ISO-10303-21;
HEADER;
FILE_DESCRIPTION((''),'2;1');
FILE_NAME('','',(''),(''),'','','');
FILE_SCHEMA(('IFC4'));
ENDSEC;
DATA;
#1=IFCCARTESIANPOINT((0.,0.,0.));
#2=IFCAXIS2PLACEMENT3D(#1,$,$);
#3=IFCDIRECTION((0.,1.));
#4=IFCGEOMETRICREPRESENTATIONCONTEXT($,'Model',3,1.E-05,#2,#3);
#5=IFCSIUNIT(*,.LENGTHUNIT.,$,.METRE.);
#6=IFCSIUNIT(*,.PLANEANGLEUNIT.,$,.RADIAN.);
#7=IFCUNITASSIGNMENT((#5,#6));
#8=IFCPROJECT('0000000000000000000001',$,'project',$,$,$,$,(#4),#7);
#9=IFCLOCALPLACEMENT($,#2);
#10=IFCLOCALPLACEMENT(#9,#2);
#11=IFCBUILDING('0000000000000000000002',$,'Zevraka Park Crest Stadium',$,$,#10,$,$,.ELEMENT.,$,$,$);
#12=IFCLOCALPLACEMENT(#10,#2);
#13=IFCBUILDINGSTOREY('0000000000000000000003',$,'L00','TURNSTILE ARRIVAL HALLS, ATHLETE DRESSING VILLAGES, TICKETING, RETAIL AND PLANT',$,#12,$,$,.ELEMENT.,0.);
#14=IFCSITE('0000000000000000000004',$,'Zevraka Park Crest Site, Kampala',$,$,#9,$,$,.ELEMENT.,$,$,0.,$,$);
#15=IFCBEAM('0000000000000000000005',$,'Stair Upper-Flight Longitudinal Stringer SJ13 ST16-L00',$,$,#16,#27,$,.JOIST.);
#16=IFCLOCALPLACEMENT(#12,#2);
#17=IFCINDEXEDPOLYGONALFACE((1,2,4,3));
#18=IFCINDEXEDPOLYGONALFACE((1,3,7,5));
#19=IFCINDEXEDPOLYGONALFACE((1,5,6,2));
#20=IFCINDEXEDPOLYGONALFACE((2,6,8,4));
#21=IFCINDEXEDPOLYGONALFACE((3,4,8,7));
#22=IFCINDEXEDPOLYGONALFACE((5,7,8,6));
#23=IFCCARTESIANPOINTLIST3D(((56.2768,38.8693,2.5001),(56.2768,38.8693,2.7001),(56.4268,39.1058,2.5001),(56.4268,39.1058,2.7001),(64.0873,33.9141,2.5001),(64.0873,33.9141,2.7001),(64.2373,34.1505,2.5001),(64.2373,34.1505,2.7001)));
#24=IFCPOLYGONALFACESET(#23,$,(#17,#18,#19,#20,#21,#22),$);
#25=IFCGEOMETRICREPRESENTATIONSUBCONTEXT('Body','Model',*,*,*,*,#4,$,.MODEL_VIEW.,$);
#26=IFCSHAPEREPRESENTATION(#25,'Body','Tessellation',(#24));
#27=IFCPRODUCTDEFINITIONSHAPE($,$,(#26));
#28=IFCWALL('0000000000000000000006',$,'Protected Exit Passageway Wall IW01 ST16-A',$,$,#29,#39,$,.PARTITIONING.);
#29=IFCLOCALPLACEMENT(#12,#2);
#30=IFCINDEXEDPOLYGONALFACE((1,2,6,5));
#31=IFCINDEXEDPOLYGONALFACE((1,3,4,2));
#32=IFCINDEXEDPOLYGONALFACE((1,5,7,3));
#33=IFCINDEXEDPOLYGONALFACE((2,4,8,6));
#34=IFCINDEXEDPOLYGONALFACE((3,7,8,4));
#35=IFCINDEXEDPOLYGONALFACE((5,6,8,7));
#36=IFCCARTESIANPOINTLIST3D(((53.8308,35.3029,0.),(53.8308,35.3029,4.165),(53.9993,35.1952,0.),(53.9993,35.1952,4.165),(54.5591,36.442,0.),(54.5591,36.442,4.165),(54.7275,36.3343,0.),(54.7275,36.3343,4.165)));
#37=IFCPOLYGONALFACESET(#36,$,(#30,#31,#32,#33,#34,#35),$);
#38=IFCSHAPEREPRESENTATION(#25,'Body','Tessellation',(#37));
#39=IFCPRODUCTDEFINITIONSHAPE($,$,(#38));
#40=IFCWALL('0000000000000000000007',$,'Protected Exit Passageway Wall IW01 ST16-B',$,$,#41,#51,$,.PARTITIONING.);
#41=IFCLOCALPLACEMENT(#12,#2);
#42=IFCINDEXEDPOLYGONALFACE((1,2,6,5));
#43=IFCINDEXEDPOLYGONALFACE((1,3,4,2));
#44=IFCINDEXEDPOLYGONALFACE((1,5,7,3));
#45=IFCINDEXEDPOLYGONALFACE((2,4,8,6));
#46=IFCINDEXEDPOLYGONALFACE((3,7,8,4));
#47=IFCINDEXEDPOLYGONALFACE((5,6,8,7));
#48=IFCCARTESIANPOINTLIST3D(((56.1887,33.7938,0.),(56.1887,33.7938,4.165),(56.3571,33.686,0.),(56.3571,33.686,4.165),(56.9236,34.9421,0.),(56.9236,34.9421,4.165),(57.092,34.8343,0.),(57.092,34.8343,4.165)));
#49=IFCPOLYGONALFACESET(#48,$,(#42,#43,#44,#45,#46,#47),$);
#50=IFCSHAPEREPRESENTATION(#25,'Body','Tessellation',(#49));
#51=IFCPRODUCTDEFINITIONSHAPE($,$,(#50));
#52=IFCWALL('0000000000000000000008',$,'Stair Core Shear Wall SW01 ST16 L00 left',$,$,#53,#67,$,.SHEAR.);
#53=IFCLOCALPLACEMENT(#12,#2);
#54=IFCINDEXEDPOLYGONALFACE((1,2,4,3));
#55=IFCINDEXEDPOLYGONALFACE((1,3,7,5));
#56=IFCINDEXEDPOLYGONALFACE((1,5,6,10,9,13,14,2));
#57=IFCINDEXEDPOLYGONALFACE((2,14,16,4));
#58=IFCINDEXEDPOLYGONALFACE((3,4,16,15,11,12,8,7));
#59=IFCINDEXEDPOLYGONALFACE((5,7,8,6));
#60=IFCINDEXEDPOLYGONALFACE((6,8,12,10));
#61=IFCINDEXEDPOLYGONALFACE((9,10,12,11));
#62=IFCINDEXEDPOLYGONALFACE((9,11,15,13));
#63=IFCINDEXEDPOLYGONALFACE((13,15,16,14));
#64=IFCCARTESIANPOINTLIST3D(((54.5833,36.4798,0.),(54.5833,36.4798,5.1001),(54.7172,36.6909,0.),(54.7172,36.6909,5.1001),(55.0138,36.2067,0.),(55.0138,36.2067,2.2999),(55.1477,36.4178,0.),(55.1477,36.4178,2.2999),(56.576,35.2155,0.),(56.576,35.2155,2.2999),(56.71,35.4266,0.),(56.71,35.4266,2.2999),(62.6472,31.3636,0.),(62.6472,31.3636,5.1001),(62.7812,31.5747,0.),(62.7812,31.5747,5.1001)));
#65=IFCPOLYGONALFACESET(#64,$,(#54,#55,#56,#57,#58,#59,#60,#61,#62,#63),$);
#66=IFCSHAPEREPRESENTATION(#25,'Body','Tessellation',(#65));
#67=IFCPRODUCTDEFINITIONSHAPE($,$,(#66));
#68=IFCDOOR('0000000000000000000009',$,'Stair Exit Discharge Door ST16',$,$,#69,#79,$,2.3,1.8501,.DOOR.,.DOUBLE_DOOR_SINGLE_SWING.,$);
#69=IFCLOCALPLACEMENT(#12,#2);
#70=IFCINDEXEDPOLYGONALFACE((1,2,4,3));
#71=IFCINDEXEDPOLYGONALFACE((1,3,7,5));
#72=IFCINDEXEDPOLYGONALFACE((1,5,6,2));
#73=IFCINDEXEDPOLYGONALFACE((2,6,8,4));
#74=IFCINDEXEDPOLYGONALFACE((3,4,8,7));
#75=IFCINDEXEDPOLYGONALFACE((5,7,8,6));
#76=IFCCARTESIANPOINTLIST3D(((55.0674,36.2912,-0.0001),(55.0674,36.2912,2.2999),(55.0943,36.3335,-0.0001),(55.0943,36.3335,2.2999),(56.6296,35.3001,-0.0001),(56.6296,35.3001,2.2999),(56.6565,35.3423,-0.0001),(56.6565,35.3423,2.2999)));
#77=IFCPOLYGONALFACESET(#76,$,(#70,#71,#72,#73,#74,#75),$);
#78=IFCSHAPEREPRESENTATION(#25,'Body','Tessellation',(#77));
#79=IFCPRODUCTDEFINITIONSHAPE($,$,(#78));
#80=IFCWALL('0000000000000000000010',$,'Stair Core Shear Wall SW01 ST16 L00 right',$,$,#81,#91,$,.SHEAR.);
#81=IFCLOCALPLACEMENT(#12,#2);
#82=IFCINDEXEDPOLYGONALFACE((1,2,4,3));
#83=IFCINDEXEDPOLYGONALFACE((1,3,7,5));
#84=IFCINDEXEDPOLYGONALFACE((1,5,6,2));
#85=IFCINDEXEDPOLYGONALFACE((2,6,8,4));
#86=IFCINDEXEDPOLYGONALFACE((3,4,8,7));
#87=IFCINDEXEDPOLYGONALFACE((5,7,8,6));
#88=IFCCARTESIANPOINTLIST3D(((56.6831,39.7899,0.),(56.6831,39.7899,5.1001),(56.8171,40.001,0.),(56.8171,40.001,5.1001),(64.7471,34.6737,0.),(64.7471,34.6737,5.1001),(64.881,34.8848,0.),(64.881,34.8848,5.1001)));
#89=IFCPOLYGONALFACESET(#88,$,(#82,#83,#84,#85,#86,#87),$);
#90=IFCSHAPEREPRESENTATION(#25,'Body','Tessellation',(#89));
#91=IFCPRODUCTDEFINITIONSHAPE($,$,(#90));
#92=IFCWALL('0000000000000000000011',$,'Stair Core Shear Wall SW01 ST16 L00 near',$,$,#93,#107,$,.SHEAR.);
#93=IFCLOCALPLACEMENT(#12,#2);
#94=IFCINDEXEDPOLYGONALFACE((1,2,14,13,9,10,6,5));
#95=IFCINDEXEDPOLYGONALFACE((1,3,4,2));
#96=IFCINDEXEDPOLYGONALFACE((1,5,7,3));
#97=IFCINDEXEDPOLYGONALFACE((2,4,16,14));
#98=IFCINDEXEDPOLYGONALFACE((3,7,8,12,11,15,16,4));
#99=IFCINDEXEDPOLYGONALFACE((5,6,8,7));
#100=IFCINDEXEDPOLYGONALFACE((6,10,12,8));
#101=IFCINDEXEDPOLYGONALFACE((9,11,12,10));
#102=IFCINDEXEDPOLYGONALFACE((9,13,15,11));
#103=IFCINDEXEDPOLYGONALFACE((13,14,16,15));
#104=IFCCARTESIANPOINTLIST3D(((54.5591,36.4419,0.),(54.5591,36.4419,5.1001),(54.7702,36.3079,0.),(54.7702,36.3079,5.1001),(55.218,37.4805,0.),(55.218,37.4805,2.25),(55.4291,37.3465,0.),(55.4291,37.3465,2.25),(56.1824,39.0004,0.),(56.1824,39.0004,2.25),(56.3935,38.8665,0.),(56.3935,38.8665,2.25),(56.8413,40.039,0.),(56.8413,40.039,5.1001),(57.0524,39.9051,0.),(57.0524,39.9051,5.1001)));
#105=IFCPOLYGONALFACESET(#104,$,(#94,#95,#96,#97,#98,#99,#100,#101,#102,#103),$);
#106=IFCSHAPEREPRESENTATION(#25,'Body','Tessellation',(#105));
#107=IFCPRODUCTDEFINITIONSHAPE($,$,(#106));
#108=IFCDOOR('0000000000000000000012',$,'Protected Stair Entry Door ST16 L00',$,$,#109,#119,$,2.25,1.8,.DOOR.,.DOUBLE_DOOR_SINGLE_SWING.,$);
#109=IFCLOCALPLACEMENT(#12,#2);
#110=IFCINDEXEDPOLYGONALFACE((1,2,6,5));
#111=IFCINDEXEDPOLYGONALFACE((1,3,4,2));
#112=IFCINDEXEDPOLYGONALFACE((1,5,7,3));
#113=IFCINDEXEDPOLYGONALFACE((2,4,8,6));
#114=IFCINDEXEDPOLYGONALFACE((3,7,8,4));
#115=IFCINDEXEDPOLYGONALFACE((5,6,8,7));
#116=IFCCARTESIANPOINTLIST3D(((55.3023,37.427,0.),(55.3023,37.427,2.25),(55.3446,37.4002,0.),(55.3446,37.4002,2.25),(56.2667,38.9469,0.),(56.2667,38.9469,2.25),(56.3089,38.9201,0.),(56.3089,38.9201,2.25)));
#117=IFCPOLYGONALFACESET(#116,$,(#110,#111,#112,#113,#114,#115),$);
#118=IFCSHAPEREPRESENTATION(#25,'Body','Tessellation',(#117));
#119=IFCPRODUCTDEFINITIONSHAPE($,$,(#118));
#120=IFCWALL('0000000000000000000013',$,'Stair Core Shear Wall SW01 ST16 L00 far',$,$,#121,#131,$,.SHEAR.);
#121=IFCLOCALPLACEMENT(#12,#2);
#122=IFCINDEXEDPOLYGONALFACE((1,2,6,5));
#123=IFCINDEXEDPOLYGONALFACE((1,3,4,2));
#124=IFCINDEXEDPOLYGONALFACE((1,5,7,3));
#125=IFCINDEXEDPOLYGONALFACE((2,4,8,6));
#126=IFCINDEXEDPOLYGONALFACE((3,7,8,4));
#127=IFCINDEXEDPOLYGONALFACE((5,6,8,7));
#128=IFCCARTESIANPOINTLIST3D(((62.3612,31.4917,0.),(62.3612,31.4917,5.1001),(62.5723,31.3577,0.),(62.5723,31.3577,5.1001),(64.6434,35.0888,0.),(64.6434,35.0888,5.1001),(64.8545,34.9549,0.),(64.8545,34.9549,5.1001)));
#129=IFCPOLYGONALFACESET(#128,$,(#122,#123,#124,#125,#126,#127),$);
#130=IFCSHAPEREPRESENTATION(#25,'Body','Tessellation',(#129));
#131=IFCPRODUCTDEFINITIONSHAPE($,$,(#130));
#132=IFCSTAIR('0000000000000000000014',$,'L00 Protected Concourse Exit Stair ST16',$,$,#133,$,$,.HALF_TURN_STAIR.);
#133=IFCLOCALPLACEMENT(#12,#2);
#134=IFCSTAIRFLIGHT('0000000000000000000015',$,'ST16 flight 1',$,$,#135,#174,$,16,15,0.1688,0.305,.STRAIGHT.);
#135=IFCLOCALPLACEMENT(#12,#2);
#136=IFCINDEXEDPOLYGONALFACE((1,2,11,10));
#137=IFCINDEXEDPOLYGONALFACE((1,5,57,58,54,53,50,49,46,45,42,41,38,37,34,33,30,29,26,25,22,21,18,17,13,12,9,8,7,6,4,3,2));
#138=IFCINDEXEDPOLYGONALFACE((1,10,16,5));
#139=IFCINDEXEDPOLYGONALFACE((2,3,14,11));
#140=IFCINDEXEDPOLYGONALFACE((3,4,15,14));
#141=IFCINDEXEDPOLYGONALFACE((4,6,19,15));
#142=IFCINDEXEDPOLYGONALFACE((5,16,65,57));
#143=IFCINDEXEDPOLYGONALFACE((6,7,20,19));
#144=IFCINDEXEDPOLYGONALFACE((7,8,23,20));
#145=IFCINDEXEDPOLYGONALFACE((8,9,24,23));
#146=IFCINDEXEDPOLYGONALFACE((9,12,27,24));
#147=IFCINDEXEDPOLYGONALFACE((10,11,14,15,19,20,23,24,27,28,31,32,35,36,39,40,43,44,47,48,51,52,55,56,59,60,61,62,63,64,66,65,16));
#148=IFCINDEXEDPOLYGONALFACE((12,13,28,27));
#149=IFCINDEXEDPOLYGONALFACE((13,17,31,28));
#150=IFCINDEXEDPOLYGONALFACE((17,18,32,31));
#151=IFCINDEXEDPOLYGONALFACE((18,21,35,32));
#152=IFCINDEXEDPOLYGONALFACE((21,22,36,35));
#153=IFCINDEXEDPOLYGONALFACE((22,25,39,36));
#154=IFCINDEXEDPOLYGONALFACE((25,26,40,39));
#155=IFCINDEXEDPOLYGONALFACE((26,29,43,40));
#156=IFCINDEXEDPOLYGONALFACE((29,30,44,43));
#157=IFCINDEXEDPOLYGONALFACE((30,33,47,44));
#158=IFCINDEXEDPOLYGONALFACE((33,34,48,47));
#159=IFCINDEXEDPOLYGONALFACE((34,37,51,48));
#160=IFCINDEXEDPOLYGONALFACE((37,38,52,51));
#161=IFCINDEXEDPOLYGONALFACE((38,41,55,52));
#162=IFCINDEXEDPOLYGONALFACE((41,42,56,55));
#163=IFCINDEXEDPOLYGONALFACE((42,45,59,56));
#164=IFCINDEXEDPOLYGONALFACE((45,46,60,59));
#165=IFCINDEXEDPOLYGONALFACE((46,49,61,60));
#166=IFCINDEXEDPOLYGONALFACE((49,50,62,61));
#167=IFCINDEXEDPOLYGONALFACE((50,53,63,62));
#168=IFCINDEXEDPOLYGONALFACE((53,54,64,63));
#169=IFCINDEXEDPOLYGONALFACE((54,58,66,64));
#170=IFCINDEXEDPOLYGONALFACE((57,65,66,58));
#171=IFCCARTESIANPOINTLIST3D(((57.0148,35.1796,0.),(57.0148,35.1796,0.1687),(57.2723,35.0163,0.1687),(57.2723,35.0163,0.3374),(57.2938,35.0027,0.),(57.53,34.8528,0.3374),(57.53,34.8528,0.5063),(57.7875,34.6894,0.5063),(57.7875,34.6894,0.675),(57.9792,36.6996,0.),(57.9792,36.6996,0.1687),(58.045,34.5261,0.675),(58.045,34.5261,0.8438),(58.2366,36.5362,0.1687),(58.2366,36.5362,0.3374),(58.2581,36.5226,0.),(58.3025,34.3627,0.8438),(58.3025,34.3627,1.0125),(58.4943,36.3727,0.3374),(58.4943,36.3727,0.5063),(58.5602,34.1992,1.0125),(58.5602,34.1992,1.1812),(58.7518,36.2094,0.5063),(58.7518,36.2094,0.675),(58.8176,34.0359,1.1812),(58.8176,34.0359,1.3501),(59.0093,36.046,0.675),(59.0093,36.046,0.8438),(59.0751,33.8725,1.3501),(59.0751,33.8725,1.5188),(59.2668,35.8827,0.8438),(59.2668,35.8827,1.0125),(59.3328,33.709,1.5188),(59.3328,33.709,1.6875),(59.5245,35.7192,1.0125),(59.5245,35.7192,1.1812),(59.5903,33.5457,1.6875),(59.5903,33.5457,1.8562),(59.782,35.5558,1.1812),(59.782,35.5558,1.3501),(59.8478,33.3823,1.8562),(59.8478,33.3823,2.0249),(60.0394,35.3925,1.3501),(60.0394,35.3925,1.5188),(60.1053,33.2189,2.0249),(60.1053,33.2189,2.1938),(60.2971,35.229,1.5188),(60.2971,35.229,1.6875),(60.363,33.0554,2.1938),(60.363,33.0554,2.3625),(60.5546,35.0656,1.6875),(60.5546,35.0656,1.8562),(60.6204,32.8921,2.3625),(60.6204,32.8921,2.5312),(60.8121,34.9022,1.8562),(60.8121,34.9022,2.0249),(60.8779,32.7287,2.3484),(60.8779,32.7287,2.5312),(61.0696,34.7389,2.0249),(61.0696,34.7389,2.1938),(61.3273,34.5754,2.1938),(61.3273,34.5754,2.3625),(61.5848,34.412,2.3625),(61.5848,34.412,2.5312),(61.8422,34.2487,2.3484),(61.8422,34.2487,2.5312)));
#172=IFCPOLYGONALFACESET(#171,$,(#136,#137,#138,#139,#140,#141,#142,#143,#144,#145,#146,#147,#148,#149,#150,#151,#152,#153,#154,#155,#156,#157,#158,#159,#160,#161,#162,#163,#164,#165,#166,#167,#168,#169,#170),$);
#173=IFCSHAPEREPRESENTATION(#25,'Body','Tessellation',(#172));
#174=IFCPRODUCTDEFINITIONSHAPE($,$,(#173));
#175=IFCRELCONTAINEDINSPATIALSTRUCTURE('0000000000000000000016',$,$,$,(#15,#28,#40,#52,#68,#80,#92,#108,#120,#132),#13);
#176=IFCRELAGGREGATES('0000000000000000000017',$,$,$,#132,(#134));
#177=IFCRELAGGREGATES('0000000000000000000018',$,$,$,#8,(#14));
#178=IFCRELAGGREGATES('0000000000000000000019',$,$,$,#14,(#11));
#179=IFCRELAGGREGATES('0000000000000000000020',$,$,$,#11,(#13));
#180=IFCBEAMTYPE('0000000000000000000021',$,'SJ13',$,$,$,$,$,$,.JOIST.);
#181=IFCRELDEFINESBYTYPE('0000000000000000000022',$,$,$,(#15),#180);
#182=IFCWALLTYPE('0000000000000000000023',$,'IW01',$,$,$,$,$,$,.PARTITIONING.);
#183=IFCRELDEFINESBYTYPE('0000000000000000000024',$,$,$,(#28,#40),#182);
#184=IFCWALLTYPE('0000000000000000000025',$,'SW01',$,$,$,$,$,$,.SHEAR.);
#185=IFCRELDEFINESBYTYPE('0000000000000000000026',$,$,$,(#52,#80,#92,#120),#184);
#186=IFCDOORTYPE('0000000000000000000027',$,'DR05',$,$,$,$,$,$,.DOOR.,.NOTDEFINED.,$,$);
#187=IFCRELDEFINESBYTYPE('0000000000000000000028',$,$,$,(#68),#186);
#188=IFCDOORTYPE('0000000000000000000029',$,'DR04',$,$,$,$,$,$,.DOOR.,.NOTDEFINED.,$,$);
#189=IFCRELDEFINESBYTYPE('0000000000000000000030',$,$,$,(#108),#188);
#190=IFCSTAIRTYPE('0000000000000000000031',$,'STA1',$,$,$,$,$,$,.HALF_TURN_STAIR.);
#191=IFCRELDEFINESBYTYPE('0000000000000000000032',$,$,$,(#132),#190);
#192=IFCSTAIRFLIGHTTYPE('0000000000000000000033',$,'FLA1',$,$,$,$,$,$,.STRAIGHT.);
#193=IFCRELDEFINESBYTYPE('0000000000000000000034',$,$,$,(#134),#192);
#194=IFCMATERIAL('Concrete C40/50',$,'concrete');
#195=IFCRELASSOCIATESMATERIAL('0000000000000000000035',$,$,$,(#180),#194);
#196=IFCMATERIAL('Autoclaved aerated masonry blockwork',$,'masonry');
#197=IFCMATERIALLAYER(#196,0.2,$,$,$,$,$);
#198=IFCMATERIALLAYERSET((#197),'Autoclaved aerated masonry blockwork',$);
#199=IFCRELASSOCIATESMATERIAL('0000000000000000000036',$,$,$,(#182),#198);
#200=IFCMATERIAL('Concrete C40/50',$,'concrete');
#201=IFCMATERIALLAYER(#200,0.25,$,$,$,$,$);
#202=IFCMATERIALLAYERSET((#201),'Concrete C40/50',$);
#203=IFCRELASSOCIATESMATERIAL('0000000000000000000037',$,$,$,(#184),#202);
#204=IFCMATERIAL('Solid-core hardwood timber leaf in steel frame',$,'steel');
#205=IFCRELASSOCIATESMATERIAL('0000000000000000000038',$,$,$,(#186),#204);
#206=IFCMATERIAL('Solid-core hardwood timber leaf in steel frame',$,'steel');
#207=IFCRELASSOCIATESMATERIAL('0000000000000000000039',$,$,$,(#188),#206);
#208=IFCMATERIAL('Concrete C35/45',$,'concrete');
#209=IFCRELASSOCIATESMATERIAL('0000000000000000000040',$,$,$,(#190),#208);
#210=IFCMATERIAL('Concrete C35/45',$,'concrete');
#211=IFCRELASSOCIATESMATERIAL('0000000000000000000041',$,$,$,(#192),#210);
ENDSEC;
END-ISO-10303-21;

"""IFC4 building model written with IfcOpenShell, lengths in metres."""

from ifc_helpers import new_model, si_unit, direction, frame, frame_2d, origin, origin_2d, place, context, subcontext, project, spatial, polyline, rectangle, outline, extrude, material, layer, layer_set, material_profile, profile_set, type_object, element, fill, aggregate, save


model = new_model("IFC4")

# Units and contexts
model_context = context("Model", 3, precision=1e-05, world=origin(), true_north=direction((0.0, 1.0)))
body_context = subcontext(model_context, "Body", "Model", "MODEL_VIEW")
ifc_project = project(units=[si_unit("LENGTHUNIT", "METRE"), si_unit("PLANEANGLEUNIT", "RADIAN")], contexts=[model_context])

# Site, building, storey
site_placement = place(None, origin())
site = spatial("IfcSite", under=ifc_project, at=site_placement, Name="Zevraka Park Crest Site, Kampala", CompositionType="ELEMENT", RefElevation=0.0)
building_placement = place(site_placement, origin())
building = spatial("IfcBuilding", under=site, at=building_placement, Name="Zevraka Park Crest Stadium", CompositionType="ELEMENT")
storey_placement = place(building_placement, origin())
storey = spatial("IfcBuildingStorey", under=building, at=storey_placement, Name="L00", Description="TURNSTILE ARRIVAL HALLS, ATHLETE DRESSING VILLAGES, TICKETING, RETAIL AND PLANT", CompositionType="ELEMENT", Elevation=0.0)

# Beam
ifc_material_1 = material(Name="Concrete C40/50", Category="concrete")
ifc_material_profile_1 = material_profile(ifc_material_1, rectangle(XDim=0.28, YDim=0.2, at=origin_2d()), Name="RC 200x280")
ifc_profile_set_1 = profile_set([ifc_material_profile_1], Name="Concrete C40/50")
beam_type = type_object("IfcBeamType", Name="SJ13", PredefinedType="JOIST", material=ifc_profile_set_1)
beam_placement = place(storey_placement, frame((56.3518, 38.9875, 2.6001), z_axis=(0.844396, -0.535719, 0.0), x_axis=(0.535719, 0.844396, 0.0)))
element("IfcBeam", 1, at=beam_placement, inside=storey, type_object=beam_type, Name="Stair Upper-Flight Longitudinal Stringer SJ13 ST16-L00", PredefinedType="JOIST", context=body_context, shape_type="SweptSolid", body=[
    extrude(rectangle(XDim=0.28, YDim=0.2, at=origin_2d()), origin(), (0.0, 0.0, 1.0), 9.2498),
])

# Walls
ifc_material_2 = material(Name="Autoclaved aerated masonry blockwork", Category="masonry")
ifc_layer_1 = layer(ifc_material_2, 0.2)
ifc_layer_set_1 = layer_set([ifc_layer_1], Name="Autoclaved aerated masonry blockwork")
wall_type_1 = type_object("IfcWallType", Name="IW01", PredefinedType="PARTITIONING", material=ifc_layer_set_1)
wall_1_placement = place(storey_placement, frame((54.6433, 36.3882, 0.0), z_axis=(0.0, 0.0, 1.0), x_axis=(-0.538639, -0.842537, 0.0)))
element("IfcWall", 2, at=wall_1_placement, inside=storey, type_object=wall_type_1, Name="Protected Exit Passageway Wall IW01 ST16-A", PredefinedType="PARTITIONING", context=body_context, shape_type="SweptSolid", body=[
    extrude(rectangle(XDim=1.3521, YDim=0.2, at=frame_2d((0.676, 0.0))), origin(), (0.0, 0.0, 1.0), 4.165),
])
wall_2_placement = place(storey_placement, frame((57.0078, 34.8882, 0.0), z_axis=(0.0, 0.0, 1.0), x_axis=(-0.539064, -0.842265, 0.0)))
element("IfcWall", 3, at=wall_2_placement, inside=storey, type_object=wall_type_1, Name="Protected Exit Passageway Wall IW01 ST16-B", PredefinedType="PARTITIONING", context=body_context, shape_type="SweptSolid", body=[
    extrude(rectangle(XDim=1.3633, YDim=0.2, at=frame_2d((0.6816, 0.0))), origin(), (0.0, 0.0, 1.0), 4.165),
])

# Wall, opening, door
ifc_material_3 = material(Name="Concrete C40/50", Category="concrete")
ifc_layer_2 = layer(ifc_material_3, 0.25)
ifc_layer_set_2 = layer_set([ifc_layer_2], Name="Concrete C40/50")
wall_type_2 = type_object("IfcWallType", Name="SW01", PredefinedType="SHEAR", material=ifc_layer_set_2)
wall_3_placement = place(storey_placement, frame((62.7141, 31.4692, 0.0), z_axis=(0.0, 0.0, 1.0), x_axis=(-0.844391, 0.535727, 0.0)))
wall_3 = element("IfcWall", 4, at=wall_3_placement, inside=storey, type_object=wall_type_2, Name="Stair Core Shear Wall SW01 ST16 L00 left", PredefinedType="SHEAR", context=body_context, shape_type="SweptSolid", body=[
    extrude(rectangle(XDim=9.55, YDim=0.25, at=frame_2d((4.7749, 0.0))), origin(), (0.0, 0.0, 1.0), 5.1001),
])
opening_1_placement = place(wall_3_placement, frame((7.1899, 0.0, 0.0)))
opening_1 = element("IfcOpeningElement", 5, at=opening_1_placement, cuts=wall_3, PredefinedType="OPENING", context=body_context, shape_type="SweptSolid", body=[
    extrude(rectangle(XDim=1.8501, YDim=2.3, at=frame_2d((0.925, 1.1499))), frame((0.0, 0.135, 0.0), z_axis=(0.0, -1.0, 0.0), x_axis=(1.0, 0.0, 0.0)), (0.0, 0.0, 1.0), 0.27),
])
ifc_material_4 = material(Name="Solid-core hardwood timber leaf in steel frame", Category="steel")
door_type_1 = type_object("IfcDoorType", Name="DR05", OperationType="NOTDEFINED", PredefinedType="DOOR", material=ifc_material_4)
door_1_placement = place(opening_1_placement, origin())
door_1 = element("IfcDoor", 6, at=door_1_placement, inside=storey, type_object=door_type_1, Name="Stair Exit Discharge Door ST16", OperationType="DOUBLE_DOOR_SINGLE_SWING", OverallHeight=2.3, OverallWidth=1.8501, PredefinedType="DOOR", context=body_context, shape_type="SweptSolid", body=[
    extrude(rectangle(XDim=1.8501, YDim=2.3, at=frame_2d((0.925, 1.1499))), frame((0.0, 0.0249, 0.0), z_axis=(0.0, -1.0, 0.0), x_axis=(1.0, 0.0, 0.0)), (0.0, 0.0, 1.0), 0.05),
])
fill(opening_1, door_1)

# Wall
wall_4_placement = place(storey_placement, frame((64.814, 34.7793, 0.0), z_axis=(0.0, 0.0, 1.0), x_axis=(-0.844391, 0.535727, 0.0)))
element("IfcWall", 7, at=wall_4_placement, inside=storey, type_object=wall_type_2, Name="Stair Core Shear Wall SW01 ST16 L00 right", PredefinedType="SHEAR", context=body_context, shape_type="SweptSolid", body=[
    extrude(rectangle(XDim=9.55, YDim=0.25, at=frame_2d((4.7749, 0.0))), origin(), (0.0, 0.0, 1.0), 5.1001),
])

# Wall, opening, door
wall_5_placement = place(storey_placement, frame((56.9468, 39.9719, 0.0), z_axis=(0.0, 0.0, 1.0), x_axis=(-0.535725, -0.844392, 0.0)))
wall_5 = element("IfcWall", 8, at=wall_5_placement, inside=storey, type_object=wall_type_2, Name="Stair Core Shear Wall SW01 ST16 L00 near", PredefinedType="SHEAR", context=body_context, shape_type="SweptSolid", body=[
    extrude(rectangle(XDim=4.26, YDim=0.25, at=frame_2d((2.1299, 0.0))), origin(), (0.0, 0.0, 1.0), 5.1001),
])
opening_2_placement = place(wall_5_placement, frame((1.23, 0.0, 0.0)))
opening_2 = element("IfcOpeningElement", 9, at=opening_2_placement, cuts=wall_5, PredefinedType="OPENING", context=body_context, shape_type="SweptSolid", body=[
    extrude(rectangle(XDim=1.8, YDim=2.25, at=frame_2d((0.8999, 1.125))), frame((0.0, 0.135, 0.0), z_axis=(0.0, -1.0, 0.0), x_axis=(1.0, 0.0, 0.0)), (0.0, 0.0, 1.0), 0.27),
])
ifc_material_5 = material(Name="Solid-core hardwood timber leaf in steel frame", Category="steel")
door_type_2 = type_object("IfcDoorType", Name="DR04", OperationType="NOTDEFINED", PredefinedType="DOOR", material=ifc_material_5)
door_2_placement = place(opening_2_placement, origin())
door_2 = element("IfcDoor", 10, at=door_2_placement, inside=storey, type_object=door_type_2, Name="Protected Stair Entry Door ST16 L00", OperationType="DOUBLE_DOOR_SINGLE_SWING", OverallHeight=2.25, OverallWidth=1.8, PredefinedType="DOOR", context=body_context, shape_type="SweptSolid", body=[
    extrude(rectangle(XDim=1.8, YDim=2.25, at=frame_2d((0.8999, 1.125))), frame((0.0, 0.0249, 0.0), z_axis=(0.0, -1.0, 0.0), x_axis=(1.0, 0.0, 0.0)), (0.0, 0.0, 1.0), 0.05),
])
fill(opening_2, door_2)

# Wall
wall_6_placement = place(storey_placement, frame((62.4668, 31.4248, 0.0), z_axis=(0.0, 0.0, 1.0), x_axis=(0.535725, 0.844392, 0.0)))
element("IfcWall", 11, at=wall_6_placement, inside=storey, type_object=wall_type_2, Name="Stair Core Shear Wall SW01 ST16 L00 far", PredefinedType="SHEAR", context=body_context, shape_type="SweptSolid", body=[
    extrude(rectangle(XDim=4.26, YDim=0.25, at=frame_2d((2.1299, 0.0))), origin(), (0.0, 0.0, 1.0), 5.1001),
])

# Stair, stair flight
ifc_material_6 = material(Name="Concrete C35/45", Category="concrete")
stair_type = type_object("IfcStairType", Name="STA1", PredefinedType="HALF_TURN_STAIR", material=ifc_material_6)
stair_placement = place(storey_placement, origin())
stair = element("IfcStair", 12, at=stair_placement, inside=storey, type_object=stair_type, Name="L00 Protected Concourse Exit Stair ST16", PredefinedType="HALF_TURN_STAIR")
ifc_material_7 = material(Name="Concrete C35/45", Category="concrete")
stair_flight_type = type_object("IfcStairFlightType", Name="FLA1", PredefinedType="STRAIGHT", material=ifc_material_7)
stair_flight_1_placement = place(storey_placement, frame((57.4971, 35.9397, 0.0), z_axis=(0.0, 0.0, 1.0), x_axis=(0.844397, -0.535718, 0.0)))
stair_flight_1 = element("IfcStairFlight", 13, at=stair_flight_1_placement, type_object=stair_flight_type, Name="ST16 flight 1", NumberOfRisers=16, NumberOfTreads=15, PredefinedType="STRAIGHT", RiserHeight=0.1688, TreadLength=0.305, context=body_context, shape_type="SweptSolid", body=[
    extrude(outline(polyline([(0.0, 0.0), (0.0, 0.1687), (0.3049, 0.1687), (0.3049, 0.3374), (0.6101, 0.3374), (0.6101, 0.5063), (0.915, 0.5063), (0.915, 0.675), (1.22, 0.675), (1.22, 0.8438), (1.5249, 0.8438), (1.5249, 1.0125), (1.8301, 1.0125), (1.8301, 1.1812), (2.135, 1.1812), (2.135, 1.3501), (2.4399, 1.3501), (2.4399, 1.5188), (2.7451, 1.5188), (2.7451, 1.6875), (3.05, 1.6875), (3.05, 1.8562), (3.355, 1.8562), (3.355, 2.0249), (3.6599, 2.0249), (3.6599, 2.1938), (3.9651, 2.1938), (3.9651, 2.3625), (4.27, 2.3625), (4.27, 2.5312), (4.575, 2.5312), (4.575, 2.7), (4.575, 2.3484), (0.3303, 0.0), (0.0, 0.0)])), frame((0.0, 0.8999, 0.0), z_axis=(0.0, -1.0, 0.0), x_axis=(1.0, 0.0, 0.0)), (0.0, 0.0, 1.0), 1.8),
])
aggregate(stair, [stair_flight_1])

save(model, "model.ifc")
